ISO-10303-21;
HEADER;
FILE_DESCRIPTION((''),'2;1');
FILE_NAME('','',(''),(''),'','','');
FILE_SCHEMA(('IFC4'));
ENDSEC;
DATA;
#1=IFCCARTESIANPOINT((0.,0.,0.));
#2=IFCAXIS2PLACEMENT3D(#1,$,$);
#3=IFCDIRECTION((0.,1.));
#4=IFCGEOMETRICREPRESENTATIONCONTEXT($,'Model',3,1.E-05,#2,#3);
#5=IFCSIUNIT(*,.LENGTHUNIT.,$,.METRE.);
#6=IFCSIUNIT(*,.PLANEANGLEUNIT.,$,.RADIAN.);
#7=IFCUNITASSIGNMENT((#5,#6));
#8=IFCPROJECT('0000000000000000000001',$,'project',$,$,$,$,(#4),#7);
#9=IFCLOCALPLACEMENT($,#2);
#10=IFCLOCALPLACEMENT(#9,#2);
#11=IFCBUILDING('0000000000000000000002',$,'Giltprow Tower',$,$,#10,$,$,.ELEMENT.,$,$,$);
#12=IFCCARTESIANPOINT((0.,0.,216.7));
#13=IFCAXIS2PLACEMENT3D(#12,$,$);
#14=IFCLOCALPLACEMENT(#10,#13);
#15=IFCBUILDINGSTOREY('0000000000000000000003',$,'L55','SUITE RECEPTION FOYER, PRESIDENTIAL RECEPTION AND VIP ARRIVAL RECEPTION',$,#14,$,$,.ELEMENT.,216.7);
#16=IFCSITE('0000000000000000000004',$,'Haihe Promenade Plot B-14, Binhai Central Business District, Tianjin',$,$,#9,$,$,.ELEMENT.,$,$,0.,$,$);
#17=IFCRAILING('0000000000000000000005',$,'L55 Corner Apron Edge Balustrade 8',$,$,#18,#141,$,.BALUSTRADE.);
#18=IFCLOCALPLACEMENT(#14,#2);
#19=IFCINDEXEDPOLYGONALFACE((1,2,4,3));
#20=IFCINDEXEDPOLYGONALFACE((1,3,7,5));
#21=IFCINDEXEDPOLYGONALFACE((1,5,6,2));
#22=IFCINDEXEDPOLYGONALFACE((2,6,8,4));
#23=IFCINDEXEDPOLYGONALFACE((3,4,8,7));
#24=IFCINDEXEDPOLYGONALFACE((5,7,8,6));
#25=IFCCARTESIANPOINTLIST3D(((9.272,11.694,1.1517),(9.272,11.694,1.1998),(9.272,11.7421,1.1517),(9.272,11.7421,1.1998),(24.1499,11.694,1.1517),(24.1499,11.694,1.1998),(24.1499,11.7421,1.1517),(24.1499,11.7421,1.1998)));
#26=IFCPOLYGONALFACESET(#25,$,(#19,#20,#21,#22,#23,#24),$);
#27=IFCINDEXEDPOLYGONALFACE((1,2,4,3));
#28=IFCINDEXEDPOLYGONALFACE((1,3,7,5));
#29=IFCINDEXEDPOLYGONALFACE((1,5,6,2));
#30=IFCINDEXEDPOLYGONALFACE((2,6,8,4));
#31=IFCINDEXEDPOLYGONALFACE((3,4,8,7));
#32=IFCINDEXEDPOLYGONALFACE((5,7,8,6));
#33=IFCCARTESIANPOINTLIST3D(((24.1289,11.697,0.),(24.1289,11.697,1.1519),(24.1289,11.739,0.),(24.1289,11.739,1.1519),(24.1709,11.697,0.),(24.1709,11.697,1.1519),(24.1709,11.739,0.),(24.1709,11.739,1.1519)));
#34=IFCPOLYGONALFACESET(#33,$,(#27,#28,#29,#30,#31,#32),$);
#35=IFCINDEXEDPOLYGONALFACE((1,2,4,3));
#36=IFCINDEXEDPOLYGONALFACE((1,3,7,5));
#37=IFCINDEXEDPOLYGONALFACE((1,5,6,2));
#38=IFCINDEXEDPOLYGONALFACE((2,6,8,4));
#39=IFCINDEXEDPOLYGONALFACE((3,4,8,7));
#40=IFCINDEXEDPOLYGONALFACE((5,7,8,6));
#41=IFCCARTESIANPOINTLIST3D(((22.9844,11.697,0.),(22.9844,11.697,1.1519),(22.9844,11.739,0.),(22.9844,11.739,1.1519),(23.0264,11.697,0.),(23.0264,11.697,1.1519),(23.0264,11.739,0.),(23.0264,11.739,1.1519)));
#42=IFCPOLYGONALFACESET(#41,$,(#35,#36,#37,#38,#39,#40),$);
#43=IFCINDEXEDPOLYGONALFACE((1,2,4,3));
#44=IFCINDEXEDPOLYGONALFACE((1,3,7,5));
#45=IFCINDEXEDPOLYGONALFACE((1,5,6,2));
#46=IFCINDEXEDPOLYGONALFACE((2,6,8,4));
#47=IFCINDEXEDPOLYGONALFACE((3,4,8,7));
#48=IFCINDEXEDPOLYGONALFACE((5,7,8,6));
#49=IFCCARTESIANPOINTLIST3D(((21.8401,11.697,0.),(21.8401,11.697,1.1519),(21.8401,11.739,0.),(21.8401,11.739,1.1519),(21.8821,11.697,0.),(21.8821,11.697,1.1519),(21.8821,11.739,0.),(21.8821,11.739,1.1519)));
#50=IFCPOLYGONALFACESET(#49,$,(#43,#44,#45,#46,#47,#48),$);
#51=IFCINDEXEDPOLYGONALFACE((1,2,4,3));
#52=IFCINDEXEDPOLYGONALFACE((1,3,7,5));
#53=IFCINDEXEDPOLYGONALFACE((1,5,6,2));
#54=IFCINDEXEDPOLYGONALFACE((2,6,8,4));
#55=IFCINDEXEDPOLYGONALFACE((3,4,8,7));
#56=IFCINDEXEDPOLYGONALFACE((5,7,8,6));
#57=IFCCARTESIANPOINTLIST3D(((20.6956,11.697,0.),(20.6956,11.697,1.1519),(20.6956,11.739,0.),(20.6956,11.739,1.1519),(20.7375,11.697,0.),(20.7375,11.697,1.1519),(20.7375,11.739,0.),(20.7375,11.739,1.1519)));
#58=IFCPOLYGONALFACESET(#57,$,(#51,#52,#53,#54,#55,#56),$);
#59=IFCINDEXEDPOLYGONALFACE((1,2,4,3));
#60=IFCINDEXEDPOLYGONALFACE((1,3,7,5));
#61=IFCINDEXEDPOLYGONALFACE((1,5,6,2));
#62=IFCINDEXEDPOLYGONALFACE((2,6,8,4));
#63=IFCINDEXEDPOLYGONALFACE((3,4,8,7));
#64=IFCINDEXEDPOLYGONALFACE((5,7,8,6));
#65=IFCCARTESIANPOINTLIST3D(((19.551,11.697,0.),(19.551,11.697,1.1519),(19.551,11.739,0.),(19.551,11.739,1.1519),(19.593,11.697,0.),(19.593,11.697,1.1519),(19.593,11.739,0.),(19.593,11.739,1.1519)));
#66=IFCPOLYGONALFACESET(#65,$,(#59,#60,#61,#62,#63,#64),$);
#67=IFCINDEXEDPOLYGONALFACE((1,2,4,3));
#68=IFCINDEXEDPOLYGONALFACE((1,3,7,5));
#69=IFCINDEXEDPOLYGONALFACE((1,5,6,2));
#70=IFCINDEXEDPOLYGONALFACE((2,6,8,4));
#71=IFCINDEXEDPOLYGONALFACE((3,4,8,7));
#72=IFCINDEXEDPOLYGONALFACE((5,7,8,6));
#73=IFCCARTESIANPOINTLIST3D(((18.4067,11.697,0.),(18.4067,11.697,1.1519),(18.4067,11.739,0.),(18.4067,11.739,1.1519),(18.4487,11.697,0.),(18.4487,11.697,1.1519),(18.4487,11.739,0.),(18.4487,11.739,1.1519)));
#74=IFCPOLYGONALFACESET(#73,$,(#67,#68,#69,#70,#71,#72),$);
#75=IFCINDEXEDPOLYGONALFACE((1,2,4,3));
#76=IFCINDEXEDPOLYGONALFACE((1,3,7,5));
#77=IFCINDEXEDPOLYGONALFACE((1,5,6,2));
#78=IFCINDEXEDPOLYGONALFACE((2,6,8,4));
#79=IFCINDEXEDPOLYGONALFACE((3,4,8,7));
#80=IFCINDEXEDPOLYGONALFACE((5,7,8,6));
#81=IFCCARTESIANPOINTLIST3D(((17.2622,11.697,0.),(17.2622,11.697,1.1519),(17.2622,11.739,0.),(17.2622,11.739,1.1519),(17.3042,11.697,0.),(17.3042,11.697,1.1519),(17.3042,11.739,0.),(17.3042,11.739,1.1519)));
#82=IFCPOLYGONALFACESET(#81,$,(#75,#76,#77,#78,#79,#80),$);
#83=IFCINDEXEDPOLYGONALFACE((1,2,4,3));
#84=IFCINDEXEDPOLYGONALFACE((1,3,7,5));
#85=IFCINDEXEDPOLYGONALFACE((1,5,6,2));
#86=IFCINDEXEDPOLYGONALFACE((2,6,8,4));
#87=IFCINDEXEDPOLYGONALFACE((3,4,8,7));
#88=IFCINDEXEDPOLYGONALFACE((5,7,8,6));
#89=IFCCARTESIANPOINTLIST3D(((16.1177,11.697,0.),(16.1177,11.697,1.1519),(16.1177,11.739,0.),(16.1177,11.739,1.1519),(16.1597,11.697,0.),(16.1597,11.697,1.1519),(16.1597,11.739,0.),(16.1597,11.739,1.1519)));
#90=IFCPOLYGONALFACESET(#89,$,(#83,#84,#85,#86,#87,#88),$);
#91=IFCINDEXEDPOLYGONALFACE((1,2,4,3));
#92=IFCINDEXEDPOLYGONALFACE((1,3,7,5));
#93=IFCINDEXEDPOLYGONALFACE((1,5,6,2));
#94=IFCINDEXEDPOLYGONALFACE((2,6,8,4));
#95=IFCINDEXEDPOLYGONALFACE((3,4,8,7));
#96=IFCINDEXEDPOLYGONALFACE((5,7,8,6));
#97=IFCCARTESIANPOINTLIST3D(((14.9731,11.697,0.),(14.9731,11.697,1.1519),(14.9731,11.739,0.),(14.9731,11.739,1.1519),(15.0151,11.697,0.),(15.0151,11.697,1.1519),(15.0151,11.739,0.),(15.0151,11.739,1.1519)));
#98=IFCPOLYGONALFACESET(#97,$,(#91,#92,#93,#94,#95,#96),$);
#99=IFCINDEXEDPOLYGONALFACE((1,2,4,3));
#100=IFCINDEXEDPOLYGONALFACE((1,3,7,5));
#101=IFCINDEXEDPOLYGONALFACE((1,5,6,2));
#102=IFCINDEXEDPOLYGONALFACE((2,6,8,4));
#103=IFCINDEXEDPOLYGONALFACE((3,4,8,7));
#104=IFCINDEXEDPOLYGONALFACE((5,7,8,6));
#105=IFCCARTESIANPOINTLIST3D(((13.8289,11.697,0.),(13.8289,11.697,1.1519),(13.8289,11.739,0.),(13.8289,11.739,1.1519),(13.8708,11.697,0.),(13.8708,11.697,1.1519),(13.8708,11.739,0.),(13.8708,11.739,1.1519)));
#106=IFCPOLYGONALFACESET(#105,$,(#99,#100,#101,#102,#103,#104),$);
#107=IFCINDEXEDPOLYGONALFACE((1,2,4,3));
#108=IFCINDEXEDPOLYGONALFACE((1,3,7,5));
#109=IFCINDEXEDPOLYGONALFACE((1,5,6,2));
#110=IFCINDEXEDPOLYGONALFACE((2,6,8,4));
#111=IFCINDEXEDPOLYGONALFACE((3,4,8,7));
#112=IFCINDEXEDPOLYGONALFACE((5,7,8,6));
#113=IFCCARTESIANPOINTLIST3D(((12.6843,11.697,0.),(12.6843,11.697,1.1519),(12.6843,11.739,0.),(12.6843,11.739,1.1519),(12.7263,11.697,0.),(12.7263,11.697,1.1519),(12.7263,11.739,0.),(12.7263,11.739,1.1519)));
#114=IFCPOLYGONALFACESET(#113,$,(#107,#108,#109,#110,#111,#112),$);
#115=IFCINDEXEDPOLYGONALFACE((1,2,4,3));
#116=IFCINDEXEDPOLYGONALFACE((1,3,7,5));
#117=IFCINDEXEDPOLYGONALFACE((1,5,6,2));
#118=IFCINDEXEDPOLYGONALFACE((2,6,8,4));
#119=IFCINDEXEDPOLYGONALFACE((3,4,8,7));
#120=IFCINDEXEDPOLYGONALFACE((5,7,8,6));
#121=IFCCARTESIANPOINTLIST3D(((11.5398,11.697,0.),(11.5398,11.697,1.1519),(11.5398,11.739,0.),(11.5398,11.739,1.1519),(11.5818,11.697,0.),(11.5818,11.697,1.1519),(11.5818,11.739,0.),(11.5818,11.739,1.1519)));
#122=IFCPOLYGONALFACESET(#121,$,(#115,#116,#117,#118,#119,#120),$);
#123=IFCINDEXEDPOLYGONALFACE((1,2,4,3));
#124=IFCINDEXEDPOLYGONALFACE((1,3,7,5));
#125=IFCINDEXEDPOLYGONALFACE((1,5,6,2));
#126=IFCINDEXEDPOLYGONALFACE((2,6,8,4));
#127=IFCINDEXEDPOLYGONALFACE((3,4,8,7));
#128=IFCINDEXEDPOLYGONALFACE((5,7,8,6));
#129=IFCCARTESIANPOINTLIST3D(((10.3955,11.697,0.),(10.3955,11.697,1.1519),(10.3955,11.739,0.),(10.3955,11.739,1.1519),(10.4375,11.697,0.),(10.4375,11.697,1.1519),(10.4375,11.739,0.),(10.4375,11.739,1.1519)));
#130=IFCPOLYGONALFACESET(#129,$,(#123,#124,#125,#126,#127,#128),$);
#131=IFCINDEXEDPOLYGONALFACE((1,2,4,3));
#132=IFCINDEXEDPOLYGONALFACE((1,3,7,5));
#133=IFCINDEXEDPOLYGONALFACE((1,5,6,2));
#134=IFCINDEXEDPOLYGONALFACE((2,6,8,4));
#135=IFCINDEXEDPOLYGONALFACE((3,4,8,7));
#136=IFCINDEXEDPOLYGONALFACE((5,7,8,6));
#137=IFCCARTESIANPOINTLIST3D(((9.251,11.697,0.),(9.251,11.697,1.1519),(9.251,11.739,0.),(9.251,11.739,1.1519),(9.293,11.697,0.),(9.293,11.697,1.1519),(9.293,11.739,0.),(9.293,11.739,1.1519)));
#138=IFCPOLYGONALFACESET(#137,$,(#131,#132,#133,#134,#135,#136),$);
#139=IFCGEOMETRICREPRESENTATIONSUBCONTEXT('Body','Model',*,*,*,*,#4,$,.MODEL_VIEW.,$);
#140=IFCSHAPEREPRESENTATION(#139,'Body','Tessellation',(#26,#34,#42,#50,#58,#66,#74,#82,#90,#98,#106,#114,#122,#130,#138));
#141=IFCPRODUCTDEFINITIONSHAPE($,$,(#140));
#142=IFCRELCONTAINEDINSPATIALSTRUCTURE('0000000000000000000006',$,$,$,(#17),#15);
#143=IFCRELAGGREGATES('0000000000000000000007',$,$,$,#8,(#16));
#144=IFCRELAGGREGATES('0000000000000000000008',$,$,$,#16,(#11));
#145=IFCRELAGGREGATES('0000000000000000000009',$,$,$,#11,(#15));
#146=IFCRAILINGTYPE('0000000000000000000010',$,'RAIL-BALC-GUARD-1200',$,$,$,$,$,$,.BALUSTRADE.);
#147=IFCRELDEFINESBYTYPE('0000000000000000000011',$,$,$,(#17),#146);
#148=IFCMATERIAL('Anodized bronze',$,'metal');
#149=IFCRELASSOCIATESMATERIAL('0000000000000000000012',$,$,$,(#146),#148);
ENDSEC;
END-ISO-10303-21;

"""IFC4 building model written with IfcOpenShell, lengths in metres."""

from ifc_helpers import new_model, si_unit, direction, frame, origin, origin_2d, place, context, subcontext, project, spatial, rectangle, extrude, material, type_object, element, save


model = new_model("IFC4")

# Units and contexts
model_context = context("Model", 3, precision=1e-05, world=origin(), true_north=direction((0.0, 1.0)))
body_context = subcontext(model_context, "Body", "Model", "MODEL_VIEW")
ifc_project = project(units=[si_unit("LENGTHUNIT", "METRE"), si_unit("PLANEANGLEUNIT", "RADIAN")], contexts=[model_context])

# Site, building, storey
site_placement = place(None, origin())
site = spatial("IfcSite", under=ifc_project, at=site_placement, Name="Haihe Promenade Plot B-14, Binhai Central Business District, Tianjin", CompositionType="ELEMENT", RefElevation=0.0)
building_placement = place(site_placement, origin())
building = spatial("IfcBuilding", under=site, at=building_placement, Name="Giltprow Tower", CompositionType="ELEMENT")
storey_placement = place(building_placement, frame((0.0, 0.0, 216.7)))
storey = spatial("IfcBuildingStorey", under=building, at=storey_placement, Name="L55", Description="SUITE RECEPTION FOYER, PRESIDENTIAL RECEPTION AND VIP ARRIVAL RECEPTION", CompositionType="ELEMENT", Elevation=216.7)

# Railing
ifc_material_1 = material(Name="Anodized bronze", Category="metal")
railing_type = type_object("IfcRailingType", Name="RAIL-BALC-GUARD-1200", PredefinedType="BALUSTRADE", material=ifc_material_1)
railing_1_placement = place(storey_placement, frame((24.1499, 11.718, 0.0)))
element("IfcRailing", 1, at=railing_1_placement, inside=storey, type_object=railing_type, Name="L55 Corner Apron Edge Balustrade 8", PredefinedType="BALUSTRADE", context=body_context, shape_type="SweptSolid", body=[
    extrude(rectangle(XDim=0.0481, YDim=0.0481, at=origin_2d()), frame((0.0, 0.0, 1.1758), z_axis=(-1.0, 0.0, 0.0), x_axis=(0.0, -1.0, 0.0)), (0.0, 0.0, 1.0), 14.8779),
    extrude(rectangle(XDim=0.042, YDim=0.042, at=origin_2d()), origin(), (0.0, 0.0, 1.0), 1.1519),
    extrude(rectangle(XDim=0.042, YDim=0.042, at=origin_2d()), frame((-1.1445, 0.0, 0.0)), (0.0, 0.0, 1.0), 1.1519),
    extrude(rectangle(XDim=0.042, YDim=0.042, at=origin_2d()), frame((-2.2888, 0.0, 0.0)), (0.0, 0.0, 1.0), 1.1519),
    extrude(rectangle(XDim=0.042, YDim=0.042, at=origin_2d()), frame((-3.4333, 0.0, 0.0)), (0.0, 0.0, 1.0), 1.1519),
    extrude(rectangle(XDim=0.042, YDim=0.042, at=origin_2d()), frame((-4.5779, 0.0, 0.0)), (0.0, 0.0, 1.0), 1.1519),
    extrude(rectangle(XDim=0.042, YDim=0.042, at=origin_2d()), frame((-5.7222, 0.0, 0.0)), (0.0, 0.0, 1.0), 1.1519),
    extrude(rectangle(XDim=0.042, YDim=0.042, at=origin_2d()), frame((-6.8667, 0.0, 0.0)), (0.0, 0.0, 1.0), 1.1519),
    extrude(rectangle(XDim=0.042, YDim=0.042, at=origin_2d()), frame((-8.0112, 0.0, 0.0)), (0.0, 0.0, 1.0), 1.1519),
    extrude(rectangle(XDim=0.042, YDim=0.042, at=origin_2d()), frame((-9.1558, 0.0, 0.0)), (0.0, 0.0, 1.0), 1.1519),
    extrude(rectangle(XDim=0.042, YDim=0.042, at=origin_2d()), frame((-10.3, 0.0, 0.0)), (0.0, 0.0, 1.0), 1.1519),
    extrude(rectangle(XDim=0.042, YDim=0.042, at=origin_2d()), frame((-11.4446, 0.0, 0.0)), (0.0, 0.0, 1.0), 1.1519),
    extrude(rectangle(XDim=0.042, YDim=0.042, at=origin_2d()), frame((-12.5891, 0.0, 0.0)), (0.0, 0.0, 1.0), 1.1519),
    extrude(rectangle(XDim=0.042, YDim=0.042, at=origin_2d()), frame((-13.7334, 0.0, 0.0)), (0.0, 0.0, 1.0), 1.1519),
    extrude(rectangle(XDim=0.042, YDim=0.042, at=origin_2d()), frame((-14.8779, 0.0, 0.0)), (0.0, 0.0, 1.0), 1.1519),
])

save(model, "model.ifc")
